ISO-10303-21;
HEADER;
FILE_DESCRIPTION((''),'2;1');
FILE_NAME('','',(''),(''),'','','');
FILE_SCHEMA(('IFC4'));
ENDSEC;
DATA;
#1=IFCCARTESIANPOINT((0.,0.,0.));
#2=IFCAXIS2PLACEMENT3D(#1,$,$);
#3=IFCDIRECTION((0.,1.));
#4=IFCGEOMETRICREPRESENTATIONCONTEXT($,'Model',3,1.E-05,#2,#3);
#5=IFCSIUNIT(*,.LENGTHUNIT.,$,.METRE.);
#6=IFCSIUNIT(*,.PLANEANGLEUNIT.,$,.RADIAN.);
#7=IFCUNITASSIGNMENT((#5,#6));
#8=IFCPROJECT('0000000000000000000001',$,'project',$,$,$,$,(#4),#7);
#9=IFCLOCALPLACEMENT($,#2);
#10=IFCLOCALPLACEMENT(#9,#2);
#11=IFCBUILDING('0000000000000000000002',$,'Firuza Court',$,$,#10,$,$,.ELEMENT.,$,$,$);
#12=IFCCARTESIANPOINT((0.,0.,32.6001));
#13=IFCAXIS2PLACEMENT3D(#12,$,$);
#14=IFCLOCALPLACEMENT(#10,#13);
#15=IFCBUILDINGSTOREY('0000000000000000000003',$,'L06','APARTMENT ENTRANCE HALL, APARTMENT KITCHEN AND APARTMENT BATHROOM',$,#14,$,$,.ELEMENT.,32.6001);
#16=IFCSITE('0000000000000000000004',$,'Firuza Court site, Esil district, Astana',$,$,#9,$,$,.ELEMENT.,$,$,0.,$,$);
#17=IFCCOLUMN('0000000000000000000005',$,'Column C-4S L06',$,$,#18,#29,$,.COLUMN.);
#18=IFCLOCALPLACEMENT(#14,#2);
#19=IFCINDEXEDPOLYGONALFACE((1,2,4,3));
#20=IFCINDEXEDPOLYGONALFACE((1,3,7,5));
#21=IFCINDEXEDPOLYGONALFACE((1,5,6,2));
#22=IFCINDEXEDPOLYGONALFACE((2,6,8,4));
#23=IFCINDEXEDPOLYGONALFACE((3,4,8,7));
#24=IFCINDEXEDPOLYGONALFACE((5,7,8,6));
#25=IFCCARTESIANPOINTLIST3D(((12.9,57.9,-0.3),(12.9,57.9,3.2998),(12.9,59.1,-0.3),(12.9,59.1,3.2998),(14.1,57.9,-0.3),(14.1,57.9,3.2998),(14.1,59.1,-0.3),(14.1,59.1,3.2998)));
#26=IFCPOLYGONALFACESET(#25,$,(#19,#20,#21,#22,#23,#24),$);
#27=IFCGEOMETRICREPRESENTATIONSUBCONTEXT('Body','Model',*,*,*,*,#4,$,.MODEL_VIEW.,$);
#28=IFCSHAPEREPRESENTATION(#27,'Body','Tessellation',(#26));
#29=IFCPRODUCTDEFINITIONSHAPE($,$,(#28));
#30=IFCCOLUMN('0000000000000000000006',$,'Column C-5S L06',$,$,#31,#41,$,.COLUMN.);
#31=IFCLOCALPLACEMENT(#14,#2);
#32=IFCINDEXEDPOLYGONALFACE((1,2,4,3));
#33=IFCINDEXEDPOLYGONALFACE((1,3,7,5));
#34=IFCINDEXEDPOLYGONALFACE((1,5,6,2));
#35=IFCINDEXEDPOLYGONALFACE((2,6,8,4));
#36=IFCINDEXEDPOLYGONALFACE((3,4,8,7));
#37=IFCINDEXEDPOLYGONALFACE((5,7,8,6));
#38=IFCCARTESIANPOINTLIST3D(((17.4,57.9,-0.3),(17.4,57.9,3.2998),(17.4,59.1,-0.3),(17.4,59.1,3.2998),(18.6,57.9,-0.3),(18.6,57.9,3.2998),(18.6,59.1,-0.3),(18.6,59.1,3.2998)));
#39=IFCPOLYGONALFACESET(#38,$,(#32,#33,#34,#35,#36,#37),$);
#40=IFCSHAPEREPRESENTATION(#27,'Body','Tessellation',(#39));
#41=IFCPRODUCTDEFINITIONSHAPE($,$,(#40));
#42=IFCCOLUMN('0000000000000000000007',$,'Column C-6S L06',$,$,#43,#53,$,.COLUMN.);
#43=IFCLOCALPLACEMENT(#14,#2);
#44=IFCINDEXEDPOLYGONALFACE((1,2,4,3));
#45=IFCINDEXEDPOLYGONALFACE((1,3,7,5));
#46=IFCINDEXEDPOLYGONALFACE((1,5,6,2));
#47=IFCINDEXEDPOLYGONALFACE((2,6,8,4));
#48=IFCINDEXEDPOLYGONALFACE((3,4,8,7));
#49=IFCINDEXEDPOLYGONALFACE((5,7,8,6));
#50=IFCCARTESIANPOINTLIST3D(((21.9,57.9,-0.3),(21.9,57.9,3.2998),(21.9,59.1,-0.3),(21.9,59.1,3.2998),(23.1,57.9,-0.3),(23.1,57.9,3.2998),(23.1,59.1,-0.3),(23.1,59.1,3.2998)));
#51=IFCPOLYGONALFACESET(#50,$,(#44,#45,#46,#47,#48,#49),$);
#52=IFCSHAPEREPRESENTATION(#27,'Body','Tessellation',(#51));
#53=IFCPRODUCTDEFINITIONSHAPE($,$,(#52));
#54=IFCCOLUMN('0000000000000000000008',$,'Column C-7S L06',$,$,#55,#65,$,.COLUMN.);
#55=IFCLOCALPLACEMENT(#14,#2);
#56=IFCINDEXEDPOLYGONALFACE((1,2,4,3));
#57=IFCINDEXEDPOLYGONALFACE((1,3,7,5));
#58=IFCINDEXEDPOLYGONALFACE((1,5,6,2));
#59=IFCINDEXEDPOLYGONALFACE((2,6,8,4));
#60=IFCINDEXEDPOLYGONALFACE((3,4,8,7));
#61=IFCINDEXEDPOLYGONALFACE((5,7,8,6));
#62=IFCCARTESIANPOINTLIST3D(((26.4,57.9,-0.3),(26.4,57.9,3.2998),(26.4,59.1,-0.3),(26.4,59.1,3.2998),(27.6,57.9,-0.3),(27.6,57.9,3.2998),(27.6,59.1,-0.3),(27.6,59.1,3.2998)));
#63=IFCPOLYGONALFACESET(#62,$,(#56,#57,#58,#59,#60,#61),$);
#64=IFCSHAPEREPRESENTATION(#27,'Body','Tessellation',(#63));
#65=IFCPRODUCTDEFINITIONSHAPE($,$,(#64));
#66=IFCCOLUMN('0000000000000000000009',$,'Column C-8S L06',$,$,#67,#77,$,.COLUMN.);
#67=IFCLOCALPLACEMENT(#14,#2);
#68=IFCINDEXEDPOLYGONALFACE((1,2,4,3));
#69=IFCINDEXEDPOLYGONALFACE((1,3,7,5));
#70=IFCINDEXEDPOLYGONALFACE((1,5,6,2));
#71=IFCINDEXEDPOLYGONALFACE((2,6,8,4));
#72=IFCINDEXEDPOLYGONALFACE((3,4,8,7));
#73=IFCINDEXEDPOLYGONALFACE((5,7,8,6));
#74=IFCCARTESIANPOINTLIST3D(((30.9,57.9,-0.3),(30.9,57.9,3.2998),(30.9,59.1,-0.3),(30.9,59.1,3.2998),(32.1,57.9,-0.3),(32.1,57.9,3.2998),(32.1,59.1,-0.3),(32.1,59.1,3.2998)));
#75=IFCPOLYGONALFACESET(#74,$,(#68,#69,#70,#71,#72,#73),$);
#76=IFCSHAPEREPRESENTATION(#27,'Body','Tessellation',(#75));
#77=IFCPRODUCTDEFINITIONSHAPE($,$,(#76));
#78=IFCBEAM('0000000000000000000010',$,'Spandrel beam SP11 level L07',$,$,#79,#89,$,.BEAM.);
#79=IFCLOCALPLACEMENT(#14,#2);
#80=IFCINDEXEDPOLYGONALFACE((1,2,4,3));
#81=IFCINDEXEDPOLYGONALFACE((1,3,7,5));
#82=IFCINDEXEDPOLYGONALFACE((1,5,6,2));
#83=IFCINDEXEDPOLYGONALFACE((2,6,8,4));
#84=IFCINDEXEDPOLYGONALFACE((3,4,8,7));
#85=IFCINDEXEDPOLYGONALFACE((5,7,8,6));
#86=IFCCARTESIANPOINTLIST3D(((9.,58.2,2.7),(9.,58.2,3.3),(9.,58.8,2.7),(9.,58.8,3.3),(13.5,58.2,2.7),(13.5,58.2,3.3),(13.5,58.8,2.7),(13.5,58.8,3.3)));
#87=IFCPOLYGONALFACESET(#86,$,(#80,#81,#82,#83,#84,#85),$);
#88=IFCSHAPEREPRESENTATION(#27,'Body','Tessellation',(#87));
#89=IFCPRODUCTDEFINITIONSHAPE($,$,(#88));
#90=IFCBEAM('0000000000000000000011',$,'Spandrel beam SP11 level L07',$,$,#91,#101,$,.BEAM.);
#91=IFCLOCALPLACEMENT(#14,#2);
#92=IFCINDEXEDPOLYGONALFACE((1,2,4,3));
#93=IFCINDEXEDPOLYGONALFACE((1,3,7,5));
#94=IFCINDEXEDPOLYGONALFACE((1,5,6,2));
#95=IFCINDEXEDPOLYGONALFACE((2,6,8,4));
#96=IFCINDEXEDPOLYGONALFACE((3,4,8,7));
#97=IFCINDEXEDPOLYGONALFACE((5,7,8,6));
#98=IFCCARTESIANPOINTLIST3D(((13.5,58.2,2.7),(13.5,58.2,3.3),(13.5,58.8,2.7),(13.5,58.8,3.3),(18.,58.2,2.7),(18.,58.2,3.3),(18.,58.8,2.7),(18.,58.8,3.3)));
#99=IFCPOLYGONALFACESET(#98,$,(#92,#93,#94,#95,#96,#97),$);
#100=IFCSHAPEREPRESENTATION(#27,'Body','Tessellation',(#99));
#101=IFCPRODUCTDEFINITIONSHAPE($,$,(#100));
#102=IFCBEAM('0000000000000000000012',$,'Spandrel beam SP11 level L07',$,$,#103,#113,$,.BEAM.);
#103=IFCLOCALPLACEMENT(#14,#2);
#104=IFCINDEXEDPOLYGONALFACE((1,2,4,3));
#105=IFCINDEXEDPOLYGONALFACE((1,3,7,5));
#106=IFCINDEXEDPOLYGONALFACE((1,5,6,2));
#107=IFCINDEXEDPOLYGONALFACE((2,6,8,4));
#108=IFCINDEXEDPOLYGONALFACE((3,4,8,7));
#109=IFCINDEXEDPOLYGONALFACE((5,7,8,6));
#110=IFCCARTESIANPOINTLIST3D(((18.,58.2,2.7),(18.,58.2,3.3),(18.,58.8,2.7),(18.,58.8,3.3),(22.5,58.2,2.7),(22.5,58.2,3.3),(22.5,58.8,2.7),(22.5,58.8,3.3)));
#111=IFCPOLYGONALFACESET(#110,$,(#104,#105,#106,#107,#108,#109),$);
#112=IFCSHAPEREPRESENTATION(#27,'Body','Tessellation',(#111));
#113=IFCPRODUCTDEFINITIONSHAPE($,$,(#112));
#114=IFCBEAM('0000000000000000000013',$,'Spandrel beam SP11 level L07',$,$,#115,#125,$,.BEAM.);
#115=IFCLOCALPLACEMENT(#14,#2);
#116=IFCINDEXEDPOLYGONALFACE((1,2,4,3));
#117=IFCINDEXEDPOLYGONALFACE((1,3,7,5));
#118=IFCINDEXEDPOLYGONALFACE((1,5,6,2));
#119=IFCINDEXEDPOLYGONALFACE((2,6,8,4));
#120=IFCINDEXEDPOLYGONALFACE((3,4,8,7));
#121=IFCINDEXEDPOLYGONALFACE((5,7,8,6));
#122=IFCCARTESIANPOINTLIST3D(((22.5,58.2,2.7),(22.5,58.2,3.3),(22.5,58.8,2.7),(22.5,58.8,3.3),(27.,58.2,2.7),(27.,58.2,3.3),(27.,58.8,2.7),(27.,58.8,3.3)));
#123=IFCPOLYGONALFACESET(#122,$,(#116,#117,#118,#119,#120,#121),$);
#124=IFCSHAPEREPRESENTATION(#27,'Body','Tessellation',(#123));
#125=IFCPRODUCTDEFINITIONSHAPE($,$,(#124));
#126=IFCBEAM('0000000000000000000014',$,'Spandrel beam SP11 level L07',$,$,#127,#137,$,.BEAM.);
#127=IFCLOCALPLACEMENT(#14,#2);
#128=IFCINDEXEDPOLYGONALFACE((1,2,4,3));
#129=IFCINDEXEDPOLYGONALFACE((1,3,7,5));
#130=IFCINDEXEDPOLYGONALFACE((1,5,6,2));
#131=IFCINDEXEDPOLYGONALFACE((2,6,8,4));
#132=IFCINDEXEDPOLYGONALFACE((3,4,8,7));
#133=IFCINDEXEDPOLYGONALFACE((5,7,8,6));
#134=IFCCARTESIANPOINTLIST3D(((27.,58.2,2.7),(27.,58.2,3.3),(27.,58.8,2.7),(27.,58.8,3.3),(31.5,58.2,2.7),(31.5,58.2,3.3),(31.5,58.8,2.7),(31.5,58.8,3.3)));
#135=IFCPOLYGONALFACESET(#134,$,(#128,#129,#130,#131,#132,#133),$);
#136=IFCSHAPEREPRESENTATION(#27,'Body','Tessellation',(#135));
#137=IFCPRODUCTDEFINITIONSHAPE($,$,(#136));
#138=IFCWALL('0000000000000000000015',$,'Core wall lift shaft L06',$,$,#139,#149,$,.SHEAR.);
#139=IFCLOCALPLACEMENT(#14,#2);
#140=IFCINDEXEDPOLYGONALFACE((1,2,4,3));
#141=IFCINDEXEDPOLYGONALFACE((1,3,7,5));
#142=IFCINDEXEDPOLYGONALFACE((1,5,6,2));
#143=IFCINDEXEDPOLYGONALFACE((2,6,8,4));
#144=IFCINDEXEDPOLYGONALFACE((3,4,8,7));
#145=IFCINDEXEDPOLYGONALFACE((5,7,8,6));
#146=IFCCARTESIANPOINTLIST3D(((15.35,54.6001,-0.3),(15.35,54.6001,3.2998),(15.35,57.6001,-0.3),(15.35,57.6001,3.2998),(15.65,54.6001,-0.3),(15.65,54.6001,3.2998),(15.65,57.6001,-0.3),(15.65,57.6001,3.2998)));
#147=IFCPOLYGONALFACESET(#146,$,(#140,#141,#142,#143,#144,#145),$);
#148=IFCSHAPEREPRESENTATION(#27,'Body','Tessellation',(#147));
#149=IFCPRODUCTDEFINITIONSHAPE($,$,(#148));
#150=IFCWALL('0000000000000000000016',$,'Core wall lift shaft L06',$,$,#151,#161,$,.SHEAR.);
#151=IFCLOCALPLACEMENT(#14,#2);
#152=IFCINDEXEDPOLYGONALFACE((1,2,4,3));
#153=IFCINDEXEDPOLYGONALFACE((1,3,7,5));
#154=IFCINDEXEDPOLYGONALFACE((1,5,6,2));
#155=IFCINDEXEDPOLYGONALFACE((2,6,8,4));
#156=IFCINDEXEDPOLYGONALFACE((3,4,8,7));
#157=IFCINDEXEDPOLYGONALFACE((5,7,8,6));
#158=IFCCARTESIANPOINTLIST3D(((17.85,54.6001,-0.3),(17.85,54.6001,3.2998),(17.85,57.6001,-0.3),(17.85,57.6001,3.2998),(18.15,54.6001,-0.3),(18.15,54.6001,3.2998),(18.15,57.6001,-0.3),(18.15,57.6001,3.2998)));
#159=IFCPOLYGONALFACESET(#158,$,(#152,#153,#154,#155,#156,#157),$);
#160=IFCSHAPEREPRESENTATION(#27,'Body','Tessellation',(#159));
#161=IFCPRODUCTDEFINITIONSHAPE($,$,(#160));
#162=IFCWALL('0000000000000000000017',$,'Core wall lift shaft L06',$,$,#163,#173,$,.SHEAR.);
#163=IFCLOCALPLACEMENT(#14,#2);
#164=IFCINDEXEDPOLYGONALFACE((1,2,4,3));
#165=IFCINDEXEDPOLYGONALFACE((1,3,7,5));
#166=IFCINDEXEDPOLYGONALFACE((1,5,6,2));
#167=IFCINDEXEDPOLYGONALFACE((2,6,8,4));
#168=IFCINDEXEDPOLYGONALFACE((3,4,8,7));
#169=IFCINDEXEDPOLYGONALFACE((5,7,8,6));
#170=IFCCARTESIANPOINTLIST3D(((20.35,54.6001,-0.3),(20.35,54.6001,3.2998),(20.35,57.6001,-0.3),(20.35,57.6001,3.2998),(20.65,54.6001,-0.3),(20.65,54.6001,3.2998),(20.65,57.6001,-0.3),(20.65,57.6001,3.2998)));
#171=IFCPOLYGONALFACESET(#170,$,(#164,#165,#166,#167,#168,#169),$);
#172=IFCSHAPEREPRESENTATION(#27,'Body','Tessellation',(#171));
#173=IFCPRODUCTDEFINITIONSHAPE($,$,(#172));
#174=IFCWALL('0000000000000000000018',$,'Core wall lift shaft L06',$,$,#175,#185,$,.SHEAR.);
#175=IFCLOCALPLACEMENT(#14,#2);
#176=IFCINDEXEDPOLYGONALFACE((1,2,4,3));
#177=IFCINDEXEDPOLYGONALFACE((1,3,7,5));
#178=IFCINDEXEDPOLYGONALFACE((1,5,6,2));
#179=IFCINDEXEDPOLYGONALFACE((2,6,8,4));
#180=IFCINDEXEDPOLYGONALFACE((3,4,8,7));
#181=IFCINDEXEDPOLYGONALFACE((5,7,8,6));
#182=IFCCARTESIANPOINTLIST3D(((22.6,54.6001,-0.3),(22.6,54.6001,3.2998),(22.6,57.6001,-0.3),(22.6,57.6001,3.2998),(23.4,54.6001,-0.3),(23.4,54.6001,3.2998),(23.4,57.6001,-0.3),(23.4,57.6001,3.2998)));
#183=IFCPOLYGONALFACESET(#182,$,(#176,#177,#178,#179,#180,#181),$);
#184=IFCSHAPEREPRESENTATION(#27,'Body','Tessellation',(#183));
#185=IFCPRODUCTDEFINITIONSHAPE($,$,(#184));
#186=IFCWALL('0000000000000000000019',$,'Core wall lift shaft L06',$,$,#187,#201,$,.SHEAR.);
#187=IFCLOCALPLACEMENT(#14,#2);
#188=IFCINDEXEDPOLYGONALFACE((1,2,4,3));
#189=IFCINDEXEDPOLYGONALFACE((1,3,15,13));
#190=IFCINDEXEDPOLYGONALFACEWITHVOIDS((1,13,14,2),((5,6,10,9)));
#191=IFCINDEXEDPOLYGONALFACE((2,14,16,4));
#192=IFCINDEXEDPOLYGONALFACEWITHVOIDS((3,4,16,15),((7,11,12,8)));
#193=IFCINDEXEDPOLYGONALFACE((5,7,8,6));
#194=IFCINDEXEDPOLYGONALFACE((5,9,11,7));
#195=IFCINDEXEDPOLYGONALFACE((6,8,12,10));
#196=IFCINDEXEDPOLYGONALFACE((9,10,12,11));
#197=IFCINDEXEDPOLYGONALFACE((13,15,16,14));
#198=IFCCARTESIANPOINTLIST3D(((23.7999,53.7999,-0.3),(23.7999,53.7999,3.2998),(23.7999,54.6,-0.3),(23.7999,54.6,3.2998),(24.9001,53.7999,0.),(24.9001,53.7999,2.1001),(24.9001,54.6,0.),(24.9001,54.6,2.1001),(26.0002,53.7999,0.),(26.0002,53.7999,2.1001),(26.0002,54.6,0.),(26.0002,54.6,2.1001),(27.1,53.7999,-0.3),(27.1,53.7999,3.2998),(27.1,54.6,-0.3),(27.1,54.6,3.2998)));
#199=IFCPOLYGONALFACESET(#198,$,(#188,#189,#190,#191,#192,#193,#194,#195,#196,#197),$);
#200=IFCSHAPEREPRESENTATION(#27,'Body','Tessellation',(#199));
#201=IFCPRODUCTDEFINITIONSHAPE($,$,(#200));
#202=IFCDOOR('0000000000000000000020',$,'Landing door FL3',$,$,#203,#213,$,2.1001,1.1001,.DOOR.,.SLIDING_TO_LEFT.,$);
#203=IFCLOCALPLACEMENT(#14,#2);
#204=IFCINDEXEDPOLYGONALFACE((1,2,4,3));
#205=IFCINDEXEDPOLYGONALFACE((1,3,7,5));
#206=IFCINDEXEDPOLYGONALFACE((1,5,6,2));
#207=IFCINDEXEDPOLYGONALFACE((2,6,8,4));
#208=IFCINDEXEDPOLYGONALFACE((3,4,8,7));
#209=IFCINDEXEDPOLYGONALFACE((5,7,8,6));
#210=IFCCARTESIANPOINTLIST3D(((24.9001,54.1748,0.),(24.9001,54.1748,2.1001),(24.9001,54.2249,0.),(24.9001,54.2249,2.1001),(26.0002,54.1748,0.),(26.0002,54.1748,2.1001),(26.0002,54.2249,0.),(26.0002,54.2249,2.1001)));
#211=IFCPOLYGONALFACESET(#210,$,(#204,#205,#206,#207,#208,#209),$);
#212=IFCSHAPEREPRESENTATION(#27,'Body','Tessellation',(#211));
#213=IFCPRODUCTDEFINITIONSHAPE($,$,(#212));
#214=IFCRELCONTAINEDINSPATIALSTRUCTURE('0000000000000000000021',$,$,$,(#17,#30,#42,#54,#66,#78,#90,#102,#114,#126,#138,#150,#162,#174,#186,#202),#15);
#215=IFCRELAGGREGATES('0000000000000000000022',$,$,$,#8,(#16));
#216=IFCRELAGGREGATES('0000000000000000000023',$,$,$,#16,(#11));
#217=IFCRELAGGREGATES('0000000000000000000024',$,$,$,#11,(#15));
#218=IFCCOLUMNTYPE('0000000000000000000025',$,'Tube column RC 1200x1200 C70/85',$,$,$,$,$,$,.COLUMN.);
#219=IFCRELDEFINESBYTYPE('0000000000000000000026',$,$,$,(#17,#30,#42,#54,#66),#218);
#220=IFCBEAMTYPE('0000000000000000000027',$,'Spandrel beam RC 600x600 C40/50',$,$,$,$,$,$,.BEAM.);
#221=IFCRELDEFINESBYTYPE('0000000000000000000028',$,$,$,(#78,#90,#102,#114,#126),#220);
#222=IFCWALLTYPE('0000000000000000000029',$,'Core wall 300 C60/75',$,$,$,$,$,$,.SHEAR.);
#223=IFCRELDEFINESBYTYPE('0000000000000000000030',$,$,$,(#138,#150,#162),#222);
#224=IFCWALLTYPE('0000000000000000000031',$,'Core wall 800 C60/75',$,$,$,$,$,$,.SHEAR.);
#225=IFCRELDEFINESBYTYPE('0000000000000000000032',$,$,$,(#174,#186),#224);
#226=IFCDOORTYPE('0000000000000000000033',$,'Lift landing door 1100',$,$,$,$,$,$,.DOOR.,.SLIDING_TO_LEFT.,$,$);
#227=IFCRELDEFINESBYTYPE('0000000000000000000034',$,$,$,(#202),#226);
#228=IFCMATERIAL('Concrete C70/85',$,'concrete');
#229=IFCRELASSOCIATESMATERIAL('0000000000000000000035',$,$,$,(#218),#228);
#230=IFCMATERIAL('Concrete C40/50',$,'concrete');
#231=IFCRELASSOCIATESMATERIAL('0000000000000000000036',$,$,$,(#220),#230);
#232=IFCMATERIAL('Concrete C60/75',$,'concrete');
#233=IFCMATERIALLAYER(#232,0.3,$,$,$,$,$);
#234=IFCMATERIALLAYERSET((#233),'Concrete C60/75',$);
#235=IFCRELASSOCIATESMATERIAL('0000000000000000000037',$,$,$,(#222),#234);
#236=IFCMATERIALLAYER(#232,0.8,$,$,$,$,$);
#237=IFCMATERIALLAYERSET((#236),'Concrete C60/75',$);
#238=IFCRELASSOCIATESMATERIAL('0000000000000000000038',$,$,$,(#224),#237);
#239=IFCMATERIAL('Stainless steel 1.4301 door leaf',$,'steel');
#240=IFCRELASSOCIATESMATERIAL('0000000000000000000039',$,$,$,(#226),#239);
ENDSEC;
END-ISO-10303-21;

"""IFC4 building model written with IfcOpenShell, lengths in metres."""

from ifc_helpers import new_model, si_unit, direction, frame, frame_2d, origin, origin_2d, place, context, subcontext, project, spatial, rectangle, extrude, material, layer, layer_set, material_profile, profile_set, type_object, element, fill, save


model = new_model("IFC4")

# Units and contexts
model_context = context("Model", 3, precision=1e-05, world=origin(), true_north=direction((0.0, 1.0)))
body_context = subcontext(model_context, "Body", "Model", "MODEL_VIEW")
ifc_project = project(units=[si_unit("LENGTHUNIT", "METRE"), si_unit("PLANEANGLEUNIT", "RADIAN")], contexts=[model_context])

# Site, building, storey
site_placement = place(None, origin())
site = spatial("IfcSite", under=ifc_project, at=site_placement, Name="Firuza Court site, Esil district, Astana", CompositionType="ELEMENT", RefElevation=0.0)
building_placement = place(site_placement, origin())
building = spatial("IfcBuilding", under=site, at=building_placement, Name="Firuza Court", CompositionType="ELEMENT")
storey_placement = place(building_placement, frame((0.0, 0.0, 32.6001)))
storey = spatial("IfcBuildingStorey", under=building, at=storey_placement, Name="L06", Description="APARTMENT ENTRANCE HALL, APARTMENT KITCHEN AND APARTMENT BATHROOM", CompositionType="ELEMENT", Elevation=32.6001)

# Columns
ifc_material_1 = material(Name="Concrete C70/85", Category="concrete")
ifc_material_profile_1 = material_profile(ifc_material_1, rectangle(XDim=1.2, YDim=1.2, at=origin_2d()), Name="RC 1200x1200")
ifc_profile_set_1 = profile_set([ifc_material_profile_1], Name="Concrete C70/85")
column_type = type_object("IfcColumnType", Name="Tube column RC 1200x1200 C70/85", PredefinedType="COLUMN", material=ifc_profile_set_1)
for number, where, z_axis, x_axis, name in (
    (1, (13.5, 58.5, -0.3), (0.0, 0.0, 1.0), (1.0, 0.0, 0.0), "Column C-4S L06"),
    (2, (18.0, 58.5, -0.3), (0.0, 0.0, 1.0), (1.0, 0.0, 0.0), "Column C-5S L06"),
    (3, (22.5, 58.5, -0.3), (0.0, 0.0, 1.0), (1.0, 0.0, 0.0), "Column C-6S L06"),
    (4, (27.0, 58.5, -0.3), (0.0, 0.0, 1.0), (1.0, 0.0, 0.0), "Column C-7S L06"),
    (5, (31.5, 58.5, -0.3), (0.0, 0.0, 1.0), (1.0, 0.0, 0.0), "Column C-8S L06"),
):
    element("IfcColumn", number, at=place(storey_placement, frame(where, z_axis=z_axis, x_axis=x_axis)), inside=storey, type_object=column_type, Name=name, PredefinedType="COLUMN", context=body_context, shape_type="SweptSolid", body=[
        extrude(rectangle(XDim=1.2, YDim=1.2, at=origin_2d()), origin(), (0.0, 0.0, 1.0), 3.5999),
    ])

# Beams
ifc_material_2 = material(Name="Concrete C40/50", Category="concrete")
ifc_material_profile_2 = material_profile(ifc_material_2, rectangle(XDim=0.6001, YDim=0.6001, at=origin_2d()), Name="RC 600x600")
ifc_profile_set_2 = profile_set([ifc_material_profile_2], Name="Concrete C40/50")
beam_type = type_object("IfcBeamType", Name="Spandrel beam RC 600x600 C40/50", PredefinedType="BEAM", material=ifc_profile_set_2)
for number, where, z_axis, x_axis, name in (
    (6, (13.5, 58.5, 3.0), (-1.0, 0.0, 0.0), (0.0, -1.0, 0.0), "Spandrel beam SP11 level L07"),
    (7, (18.0, 58.5, 3.0), (-1.0, 0.0, 0.0), (0.0, -1.0, 0.0), "Spandrel beam SP11 level L07"),
    (8, (22.5, 58.5, 3.0), (-1.0, 0.0, 0.0), (0.0, -1.0, 0.0), "Spandrel beam SP11 level L07"),
    (9, (27.0, 58.5, 3.0), (-1.0, 0.0, 0.0), (0.0, -1.0, 0.0), "Spandrel beam SP11 level L07"),
    (10, (31.5, 58.5, 3.0), (-1.0, 0.0, 0.0), (0.0, -1.0, 0.0), "Spandrel beam SP11 level L07"),
):
    element("IfcBeam", number, at=place(storey_placement, frame(where, z_axis=z_axis, x_axis=x_axis)), inside=storey, type_object=beam_type, Name=name, PredefinedType="BEAM", context=body_context, shape_type="SweptSolid", body=[
        extrude(rectangle(XDim=0.6001, YDim=0.6001, at=origin_2d()), origin(), (0.0, 0.0, 1.0), 4.5),
    ])

# Walls
ifc_material_3 = material(Name="Concrete C60/75", Category="concrete")
ifc_layer_1 = layer(ifc_material_3, 0.3)
ifc_layer_set_1 = layer_set([ifc_layer_1], Name="Concrete C60/75")
wall_type_1 = type_object("IfcWallType", Name="Core wall 300 C60/75", PredefinedType="SHEAR", material=ifc_layer_set_1)
for number, where, z_axis, x_axis, name in (
    (11, (15.5, 54.6001, -0.3), (0.0, 0.0, 1.0), (0.0, 1.0, 0.0), "Core wall lift shaft L06"),
    (12, (18.0, 54.6001, -0.3), (0.0, 0.0, 1.0), (0.0, 1.0, 0.0), "Core wall lift shaft L06"),
    (13, (20.5, 54.6001, -0.3), (0.0, 0.0, 1.0), (0.0, 1.0, 0.0), "Core wall lift shaft L06"),
):
    element("IfcWall", number, at=place(storey_placement, frame(where, z_axis=z_axis, x_axis=x_axis)), inside=storey, type_object=wall_type_1, Name=name, PredefinedType="SHEAR", context=body_context, shape_type="SweptSolid", body=[
        extrude(rectangle(XDim=3.0, YDim=0.3, at=frame_2d((1.5, 0.0))), origin(), (0.0, 0.0, 1.0), 3.5999),
    ])
ifc_layer_2 = layer(ifc_material_3, 0.8)
ifc_layer_set_2 = layer_set([ifc_layer_2], Name="Concrete C60/75")
wall_type_2 = type_object("IfcWallType", Name="Core wall 800 C60/75", PredefinedType="SHEAR", material=ifc_layer_set_2)
wall_1_placement = place(storey_placement, frame((23.0, 54.6001, -0.3), z_axis=(0.0, 0.0, 1.0), x_axis=(0.0, 1.0, 0.0)))
element("IfcWall", 14, at=wall_1_placement, inside=storey, type_object=wall_type_2, Name="Core wall lift shaft L06", PredefinedType="SHEAR", context=body_context, shape_type="SweptSolid", body=[
    extrude(rectangle(XDim=3.0, YDim=0.8, at=frame_2d((1.5, 0.0))), origin(), (0.0, 0.0, 1.0), 3.5999),
])

# Wall, opening, door
wall_2_placement = place(storey_placement, frame((23.8, 54.2, -0.3), z_axis=(0.0, 0.0, 1.0), x_axis=(1.0, 0.0, 0.0)))
wall_2 = element("IfcWall", 15, at=wall_2_placement, inside=storey, type_object=wall_type_2, Name="Core wall lift shaft L06", PredefinedType="SHEAR", context=body_context, shape_type="SweptSolid", body=[
    extrude(rectangle(XDim=3.3, YDim=0.8, at=frame_2d((1.6499, 0.0))), origin(), (0.0, 0.0, 1.0), 3.5999),
])
opening_1_placement = place(wall_2_placement, frame((1.1001, 0.0, 0.3)))
opening_1 = element("IfcOpeningElement", 16, at=opening_1_placement, cuts=wall_2, PredefinedType="OPENING", context=body_context, shape_type="SweptSolid", body=[
    extrude(rectangle(XDim=1.1001, YDim=2.1001, at=frame_2d((0.55, 1.05))), frame((0.0, 0.4121, 0.0), z_axis=(0.0, -1.0, 0.0), x_axis=(1.0, 0.0, 0.0)), (0.0, 0.0, 1.0), 0.824),
])
ifc_material_4 = material(Name="Stainless steel 1.4301 door leaf", Category="steel")
door_type_1 = type_object("IfcDoorType", Name="Lift landing door 1100", OperationType="SLIDING_TO_LEFT", PredefinedType="DOOR", material=ifc_material_4)
door_1_placement = place(opening_1_placement, origin())
door_1 = element("IfcDoor", 17, at=door_1_placement, inside=storey, type_object=door_type_1, Name="Landing door FL3", OperationType="SLIDING_TO_LEFT", OverallHeight=2.1001, OverallWidth=1.1001, PredefinedType="DOOR", context=body_context, shape_type="SweptSolid", body=[
    extrude(rectangle(XDim=1.1001, YDim=2.1001, at=frame_2d((0.55, 1.05))), frame((0.0, 0.0249, 0.0), z_axis=(0.0, -1.0, 0.0), x_axis=(1.0, 0.0, 0.0)), (0.0, 0.0, 1.0), 0.05),
])
fill(opening_1, door_1)

save(model, "model.ifc")
